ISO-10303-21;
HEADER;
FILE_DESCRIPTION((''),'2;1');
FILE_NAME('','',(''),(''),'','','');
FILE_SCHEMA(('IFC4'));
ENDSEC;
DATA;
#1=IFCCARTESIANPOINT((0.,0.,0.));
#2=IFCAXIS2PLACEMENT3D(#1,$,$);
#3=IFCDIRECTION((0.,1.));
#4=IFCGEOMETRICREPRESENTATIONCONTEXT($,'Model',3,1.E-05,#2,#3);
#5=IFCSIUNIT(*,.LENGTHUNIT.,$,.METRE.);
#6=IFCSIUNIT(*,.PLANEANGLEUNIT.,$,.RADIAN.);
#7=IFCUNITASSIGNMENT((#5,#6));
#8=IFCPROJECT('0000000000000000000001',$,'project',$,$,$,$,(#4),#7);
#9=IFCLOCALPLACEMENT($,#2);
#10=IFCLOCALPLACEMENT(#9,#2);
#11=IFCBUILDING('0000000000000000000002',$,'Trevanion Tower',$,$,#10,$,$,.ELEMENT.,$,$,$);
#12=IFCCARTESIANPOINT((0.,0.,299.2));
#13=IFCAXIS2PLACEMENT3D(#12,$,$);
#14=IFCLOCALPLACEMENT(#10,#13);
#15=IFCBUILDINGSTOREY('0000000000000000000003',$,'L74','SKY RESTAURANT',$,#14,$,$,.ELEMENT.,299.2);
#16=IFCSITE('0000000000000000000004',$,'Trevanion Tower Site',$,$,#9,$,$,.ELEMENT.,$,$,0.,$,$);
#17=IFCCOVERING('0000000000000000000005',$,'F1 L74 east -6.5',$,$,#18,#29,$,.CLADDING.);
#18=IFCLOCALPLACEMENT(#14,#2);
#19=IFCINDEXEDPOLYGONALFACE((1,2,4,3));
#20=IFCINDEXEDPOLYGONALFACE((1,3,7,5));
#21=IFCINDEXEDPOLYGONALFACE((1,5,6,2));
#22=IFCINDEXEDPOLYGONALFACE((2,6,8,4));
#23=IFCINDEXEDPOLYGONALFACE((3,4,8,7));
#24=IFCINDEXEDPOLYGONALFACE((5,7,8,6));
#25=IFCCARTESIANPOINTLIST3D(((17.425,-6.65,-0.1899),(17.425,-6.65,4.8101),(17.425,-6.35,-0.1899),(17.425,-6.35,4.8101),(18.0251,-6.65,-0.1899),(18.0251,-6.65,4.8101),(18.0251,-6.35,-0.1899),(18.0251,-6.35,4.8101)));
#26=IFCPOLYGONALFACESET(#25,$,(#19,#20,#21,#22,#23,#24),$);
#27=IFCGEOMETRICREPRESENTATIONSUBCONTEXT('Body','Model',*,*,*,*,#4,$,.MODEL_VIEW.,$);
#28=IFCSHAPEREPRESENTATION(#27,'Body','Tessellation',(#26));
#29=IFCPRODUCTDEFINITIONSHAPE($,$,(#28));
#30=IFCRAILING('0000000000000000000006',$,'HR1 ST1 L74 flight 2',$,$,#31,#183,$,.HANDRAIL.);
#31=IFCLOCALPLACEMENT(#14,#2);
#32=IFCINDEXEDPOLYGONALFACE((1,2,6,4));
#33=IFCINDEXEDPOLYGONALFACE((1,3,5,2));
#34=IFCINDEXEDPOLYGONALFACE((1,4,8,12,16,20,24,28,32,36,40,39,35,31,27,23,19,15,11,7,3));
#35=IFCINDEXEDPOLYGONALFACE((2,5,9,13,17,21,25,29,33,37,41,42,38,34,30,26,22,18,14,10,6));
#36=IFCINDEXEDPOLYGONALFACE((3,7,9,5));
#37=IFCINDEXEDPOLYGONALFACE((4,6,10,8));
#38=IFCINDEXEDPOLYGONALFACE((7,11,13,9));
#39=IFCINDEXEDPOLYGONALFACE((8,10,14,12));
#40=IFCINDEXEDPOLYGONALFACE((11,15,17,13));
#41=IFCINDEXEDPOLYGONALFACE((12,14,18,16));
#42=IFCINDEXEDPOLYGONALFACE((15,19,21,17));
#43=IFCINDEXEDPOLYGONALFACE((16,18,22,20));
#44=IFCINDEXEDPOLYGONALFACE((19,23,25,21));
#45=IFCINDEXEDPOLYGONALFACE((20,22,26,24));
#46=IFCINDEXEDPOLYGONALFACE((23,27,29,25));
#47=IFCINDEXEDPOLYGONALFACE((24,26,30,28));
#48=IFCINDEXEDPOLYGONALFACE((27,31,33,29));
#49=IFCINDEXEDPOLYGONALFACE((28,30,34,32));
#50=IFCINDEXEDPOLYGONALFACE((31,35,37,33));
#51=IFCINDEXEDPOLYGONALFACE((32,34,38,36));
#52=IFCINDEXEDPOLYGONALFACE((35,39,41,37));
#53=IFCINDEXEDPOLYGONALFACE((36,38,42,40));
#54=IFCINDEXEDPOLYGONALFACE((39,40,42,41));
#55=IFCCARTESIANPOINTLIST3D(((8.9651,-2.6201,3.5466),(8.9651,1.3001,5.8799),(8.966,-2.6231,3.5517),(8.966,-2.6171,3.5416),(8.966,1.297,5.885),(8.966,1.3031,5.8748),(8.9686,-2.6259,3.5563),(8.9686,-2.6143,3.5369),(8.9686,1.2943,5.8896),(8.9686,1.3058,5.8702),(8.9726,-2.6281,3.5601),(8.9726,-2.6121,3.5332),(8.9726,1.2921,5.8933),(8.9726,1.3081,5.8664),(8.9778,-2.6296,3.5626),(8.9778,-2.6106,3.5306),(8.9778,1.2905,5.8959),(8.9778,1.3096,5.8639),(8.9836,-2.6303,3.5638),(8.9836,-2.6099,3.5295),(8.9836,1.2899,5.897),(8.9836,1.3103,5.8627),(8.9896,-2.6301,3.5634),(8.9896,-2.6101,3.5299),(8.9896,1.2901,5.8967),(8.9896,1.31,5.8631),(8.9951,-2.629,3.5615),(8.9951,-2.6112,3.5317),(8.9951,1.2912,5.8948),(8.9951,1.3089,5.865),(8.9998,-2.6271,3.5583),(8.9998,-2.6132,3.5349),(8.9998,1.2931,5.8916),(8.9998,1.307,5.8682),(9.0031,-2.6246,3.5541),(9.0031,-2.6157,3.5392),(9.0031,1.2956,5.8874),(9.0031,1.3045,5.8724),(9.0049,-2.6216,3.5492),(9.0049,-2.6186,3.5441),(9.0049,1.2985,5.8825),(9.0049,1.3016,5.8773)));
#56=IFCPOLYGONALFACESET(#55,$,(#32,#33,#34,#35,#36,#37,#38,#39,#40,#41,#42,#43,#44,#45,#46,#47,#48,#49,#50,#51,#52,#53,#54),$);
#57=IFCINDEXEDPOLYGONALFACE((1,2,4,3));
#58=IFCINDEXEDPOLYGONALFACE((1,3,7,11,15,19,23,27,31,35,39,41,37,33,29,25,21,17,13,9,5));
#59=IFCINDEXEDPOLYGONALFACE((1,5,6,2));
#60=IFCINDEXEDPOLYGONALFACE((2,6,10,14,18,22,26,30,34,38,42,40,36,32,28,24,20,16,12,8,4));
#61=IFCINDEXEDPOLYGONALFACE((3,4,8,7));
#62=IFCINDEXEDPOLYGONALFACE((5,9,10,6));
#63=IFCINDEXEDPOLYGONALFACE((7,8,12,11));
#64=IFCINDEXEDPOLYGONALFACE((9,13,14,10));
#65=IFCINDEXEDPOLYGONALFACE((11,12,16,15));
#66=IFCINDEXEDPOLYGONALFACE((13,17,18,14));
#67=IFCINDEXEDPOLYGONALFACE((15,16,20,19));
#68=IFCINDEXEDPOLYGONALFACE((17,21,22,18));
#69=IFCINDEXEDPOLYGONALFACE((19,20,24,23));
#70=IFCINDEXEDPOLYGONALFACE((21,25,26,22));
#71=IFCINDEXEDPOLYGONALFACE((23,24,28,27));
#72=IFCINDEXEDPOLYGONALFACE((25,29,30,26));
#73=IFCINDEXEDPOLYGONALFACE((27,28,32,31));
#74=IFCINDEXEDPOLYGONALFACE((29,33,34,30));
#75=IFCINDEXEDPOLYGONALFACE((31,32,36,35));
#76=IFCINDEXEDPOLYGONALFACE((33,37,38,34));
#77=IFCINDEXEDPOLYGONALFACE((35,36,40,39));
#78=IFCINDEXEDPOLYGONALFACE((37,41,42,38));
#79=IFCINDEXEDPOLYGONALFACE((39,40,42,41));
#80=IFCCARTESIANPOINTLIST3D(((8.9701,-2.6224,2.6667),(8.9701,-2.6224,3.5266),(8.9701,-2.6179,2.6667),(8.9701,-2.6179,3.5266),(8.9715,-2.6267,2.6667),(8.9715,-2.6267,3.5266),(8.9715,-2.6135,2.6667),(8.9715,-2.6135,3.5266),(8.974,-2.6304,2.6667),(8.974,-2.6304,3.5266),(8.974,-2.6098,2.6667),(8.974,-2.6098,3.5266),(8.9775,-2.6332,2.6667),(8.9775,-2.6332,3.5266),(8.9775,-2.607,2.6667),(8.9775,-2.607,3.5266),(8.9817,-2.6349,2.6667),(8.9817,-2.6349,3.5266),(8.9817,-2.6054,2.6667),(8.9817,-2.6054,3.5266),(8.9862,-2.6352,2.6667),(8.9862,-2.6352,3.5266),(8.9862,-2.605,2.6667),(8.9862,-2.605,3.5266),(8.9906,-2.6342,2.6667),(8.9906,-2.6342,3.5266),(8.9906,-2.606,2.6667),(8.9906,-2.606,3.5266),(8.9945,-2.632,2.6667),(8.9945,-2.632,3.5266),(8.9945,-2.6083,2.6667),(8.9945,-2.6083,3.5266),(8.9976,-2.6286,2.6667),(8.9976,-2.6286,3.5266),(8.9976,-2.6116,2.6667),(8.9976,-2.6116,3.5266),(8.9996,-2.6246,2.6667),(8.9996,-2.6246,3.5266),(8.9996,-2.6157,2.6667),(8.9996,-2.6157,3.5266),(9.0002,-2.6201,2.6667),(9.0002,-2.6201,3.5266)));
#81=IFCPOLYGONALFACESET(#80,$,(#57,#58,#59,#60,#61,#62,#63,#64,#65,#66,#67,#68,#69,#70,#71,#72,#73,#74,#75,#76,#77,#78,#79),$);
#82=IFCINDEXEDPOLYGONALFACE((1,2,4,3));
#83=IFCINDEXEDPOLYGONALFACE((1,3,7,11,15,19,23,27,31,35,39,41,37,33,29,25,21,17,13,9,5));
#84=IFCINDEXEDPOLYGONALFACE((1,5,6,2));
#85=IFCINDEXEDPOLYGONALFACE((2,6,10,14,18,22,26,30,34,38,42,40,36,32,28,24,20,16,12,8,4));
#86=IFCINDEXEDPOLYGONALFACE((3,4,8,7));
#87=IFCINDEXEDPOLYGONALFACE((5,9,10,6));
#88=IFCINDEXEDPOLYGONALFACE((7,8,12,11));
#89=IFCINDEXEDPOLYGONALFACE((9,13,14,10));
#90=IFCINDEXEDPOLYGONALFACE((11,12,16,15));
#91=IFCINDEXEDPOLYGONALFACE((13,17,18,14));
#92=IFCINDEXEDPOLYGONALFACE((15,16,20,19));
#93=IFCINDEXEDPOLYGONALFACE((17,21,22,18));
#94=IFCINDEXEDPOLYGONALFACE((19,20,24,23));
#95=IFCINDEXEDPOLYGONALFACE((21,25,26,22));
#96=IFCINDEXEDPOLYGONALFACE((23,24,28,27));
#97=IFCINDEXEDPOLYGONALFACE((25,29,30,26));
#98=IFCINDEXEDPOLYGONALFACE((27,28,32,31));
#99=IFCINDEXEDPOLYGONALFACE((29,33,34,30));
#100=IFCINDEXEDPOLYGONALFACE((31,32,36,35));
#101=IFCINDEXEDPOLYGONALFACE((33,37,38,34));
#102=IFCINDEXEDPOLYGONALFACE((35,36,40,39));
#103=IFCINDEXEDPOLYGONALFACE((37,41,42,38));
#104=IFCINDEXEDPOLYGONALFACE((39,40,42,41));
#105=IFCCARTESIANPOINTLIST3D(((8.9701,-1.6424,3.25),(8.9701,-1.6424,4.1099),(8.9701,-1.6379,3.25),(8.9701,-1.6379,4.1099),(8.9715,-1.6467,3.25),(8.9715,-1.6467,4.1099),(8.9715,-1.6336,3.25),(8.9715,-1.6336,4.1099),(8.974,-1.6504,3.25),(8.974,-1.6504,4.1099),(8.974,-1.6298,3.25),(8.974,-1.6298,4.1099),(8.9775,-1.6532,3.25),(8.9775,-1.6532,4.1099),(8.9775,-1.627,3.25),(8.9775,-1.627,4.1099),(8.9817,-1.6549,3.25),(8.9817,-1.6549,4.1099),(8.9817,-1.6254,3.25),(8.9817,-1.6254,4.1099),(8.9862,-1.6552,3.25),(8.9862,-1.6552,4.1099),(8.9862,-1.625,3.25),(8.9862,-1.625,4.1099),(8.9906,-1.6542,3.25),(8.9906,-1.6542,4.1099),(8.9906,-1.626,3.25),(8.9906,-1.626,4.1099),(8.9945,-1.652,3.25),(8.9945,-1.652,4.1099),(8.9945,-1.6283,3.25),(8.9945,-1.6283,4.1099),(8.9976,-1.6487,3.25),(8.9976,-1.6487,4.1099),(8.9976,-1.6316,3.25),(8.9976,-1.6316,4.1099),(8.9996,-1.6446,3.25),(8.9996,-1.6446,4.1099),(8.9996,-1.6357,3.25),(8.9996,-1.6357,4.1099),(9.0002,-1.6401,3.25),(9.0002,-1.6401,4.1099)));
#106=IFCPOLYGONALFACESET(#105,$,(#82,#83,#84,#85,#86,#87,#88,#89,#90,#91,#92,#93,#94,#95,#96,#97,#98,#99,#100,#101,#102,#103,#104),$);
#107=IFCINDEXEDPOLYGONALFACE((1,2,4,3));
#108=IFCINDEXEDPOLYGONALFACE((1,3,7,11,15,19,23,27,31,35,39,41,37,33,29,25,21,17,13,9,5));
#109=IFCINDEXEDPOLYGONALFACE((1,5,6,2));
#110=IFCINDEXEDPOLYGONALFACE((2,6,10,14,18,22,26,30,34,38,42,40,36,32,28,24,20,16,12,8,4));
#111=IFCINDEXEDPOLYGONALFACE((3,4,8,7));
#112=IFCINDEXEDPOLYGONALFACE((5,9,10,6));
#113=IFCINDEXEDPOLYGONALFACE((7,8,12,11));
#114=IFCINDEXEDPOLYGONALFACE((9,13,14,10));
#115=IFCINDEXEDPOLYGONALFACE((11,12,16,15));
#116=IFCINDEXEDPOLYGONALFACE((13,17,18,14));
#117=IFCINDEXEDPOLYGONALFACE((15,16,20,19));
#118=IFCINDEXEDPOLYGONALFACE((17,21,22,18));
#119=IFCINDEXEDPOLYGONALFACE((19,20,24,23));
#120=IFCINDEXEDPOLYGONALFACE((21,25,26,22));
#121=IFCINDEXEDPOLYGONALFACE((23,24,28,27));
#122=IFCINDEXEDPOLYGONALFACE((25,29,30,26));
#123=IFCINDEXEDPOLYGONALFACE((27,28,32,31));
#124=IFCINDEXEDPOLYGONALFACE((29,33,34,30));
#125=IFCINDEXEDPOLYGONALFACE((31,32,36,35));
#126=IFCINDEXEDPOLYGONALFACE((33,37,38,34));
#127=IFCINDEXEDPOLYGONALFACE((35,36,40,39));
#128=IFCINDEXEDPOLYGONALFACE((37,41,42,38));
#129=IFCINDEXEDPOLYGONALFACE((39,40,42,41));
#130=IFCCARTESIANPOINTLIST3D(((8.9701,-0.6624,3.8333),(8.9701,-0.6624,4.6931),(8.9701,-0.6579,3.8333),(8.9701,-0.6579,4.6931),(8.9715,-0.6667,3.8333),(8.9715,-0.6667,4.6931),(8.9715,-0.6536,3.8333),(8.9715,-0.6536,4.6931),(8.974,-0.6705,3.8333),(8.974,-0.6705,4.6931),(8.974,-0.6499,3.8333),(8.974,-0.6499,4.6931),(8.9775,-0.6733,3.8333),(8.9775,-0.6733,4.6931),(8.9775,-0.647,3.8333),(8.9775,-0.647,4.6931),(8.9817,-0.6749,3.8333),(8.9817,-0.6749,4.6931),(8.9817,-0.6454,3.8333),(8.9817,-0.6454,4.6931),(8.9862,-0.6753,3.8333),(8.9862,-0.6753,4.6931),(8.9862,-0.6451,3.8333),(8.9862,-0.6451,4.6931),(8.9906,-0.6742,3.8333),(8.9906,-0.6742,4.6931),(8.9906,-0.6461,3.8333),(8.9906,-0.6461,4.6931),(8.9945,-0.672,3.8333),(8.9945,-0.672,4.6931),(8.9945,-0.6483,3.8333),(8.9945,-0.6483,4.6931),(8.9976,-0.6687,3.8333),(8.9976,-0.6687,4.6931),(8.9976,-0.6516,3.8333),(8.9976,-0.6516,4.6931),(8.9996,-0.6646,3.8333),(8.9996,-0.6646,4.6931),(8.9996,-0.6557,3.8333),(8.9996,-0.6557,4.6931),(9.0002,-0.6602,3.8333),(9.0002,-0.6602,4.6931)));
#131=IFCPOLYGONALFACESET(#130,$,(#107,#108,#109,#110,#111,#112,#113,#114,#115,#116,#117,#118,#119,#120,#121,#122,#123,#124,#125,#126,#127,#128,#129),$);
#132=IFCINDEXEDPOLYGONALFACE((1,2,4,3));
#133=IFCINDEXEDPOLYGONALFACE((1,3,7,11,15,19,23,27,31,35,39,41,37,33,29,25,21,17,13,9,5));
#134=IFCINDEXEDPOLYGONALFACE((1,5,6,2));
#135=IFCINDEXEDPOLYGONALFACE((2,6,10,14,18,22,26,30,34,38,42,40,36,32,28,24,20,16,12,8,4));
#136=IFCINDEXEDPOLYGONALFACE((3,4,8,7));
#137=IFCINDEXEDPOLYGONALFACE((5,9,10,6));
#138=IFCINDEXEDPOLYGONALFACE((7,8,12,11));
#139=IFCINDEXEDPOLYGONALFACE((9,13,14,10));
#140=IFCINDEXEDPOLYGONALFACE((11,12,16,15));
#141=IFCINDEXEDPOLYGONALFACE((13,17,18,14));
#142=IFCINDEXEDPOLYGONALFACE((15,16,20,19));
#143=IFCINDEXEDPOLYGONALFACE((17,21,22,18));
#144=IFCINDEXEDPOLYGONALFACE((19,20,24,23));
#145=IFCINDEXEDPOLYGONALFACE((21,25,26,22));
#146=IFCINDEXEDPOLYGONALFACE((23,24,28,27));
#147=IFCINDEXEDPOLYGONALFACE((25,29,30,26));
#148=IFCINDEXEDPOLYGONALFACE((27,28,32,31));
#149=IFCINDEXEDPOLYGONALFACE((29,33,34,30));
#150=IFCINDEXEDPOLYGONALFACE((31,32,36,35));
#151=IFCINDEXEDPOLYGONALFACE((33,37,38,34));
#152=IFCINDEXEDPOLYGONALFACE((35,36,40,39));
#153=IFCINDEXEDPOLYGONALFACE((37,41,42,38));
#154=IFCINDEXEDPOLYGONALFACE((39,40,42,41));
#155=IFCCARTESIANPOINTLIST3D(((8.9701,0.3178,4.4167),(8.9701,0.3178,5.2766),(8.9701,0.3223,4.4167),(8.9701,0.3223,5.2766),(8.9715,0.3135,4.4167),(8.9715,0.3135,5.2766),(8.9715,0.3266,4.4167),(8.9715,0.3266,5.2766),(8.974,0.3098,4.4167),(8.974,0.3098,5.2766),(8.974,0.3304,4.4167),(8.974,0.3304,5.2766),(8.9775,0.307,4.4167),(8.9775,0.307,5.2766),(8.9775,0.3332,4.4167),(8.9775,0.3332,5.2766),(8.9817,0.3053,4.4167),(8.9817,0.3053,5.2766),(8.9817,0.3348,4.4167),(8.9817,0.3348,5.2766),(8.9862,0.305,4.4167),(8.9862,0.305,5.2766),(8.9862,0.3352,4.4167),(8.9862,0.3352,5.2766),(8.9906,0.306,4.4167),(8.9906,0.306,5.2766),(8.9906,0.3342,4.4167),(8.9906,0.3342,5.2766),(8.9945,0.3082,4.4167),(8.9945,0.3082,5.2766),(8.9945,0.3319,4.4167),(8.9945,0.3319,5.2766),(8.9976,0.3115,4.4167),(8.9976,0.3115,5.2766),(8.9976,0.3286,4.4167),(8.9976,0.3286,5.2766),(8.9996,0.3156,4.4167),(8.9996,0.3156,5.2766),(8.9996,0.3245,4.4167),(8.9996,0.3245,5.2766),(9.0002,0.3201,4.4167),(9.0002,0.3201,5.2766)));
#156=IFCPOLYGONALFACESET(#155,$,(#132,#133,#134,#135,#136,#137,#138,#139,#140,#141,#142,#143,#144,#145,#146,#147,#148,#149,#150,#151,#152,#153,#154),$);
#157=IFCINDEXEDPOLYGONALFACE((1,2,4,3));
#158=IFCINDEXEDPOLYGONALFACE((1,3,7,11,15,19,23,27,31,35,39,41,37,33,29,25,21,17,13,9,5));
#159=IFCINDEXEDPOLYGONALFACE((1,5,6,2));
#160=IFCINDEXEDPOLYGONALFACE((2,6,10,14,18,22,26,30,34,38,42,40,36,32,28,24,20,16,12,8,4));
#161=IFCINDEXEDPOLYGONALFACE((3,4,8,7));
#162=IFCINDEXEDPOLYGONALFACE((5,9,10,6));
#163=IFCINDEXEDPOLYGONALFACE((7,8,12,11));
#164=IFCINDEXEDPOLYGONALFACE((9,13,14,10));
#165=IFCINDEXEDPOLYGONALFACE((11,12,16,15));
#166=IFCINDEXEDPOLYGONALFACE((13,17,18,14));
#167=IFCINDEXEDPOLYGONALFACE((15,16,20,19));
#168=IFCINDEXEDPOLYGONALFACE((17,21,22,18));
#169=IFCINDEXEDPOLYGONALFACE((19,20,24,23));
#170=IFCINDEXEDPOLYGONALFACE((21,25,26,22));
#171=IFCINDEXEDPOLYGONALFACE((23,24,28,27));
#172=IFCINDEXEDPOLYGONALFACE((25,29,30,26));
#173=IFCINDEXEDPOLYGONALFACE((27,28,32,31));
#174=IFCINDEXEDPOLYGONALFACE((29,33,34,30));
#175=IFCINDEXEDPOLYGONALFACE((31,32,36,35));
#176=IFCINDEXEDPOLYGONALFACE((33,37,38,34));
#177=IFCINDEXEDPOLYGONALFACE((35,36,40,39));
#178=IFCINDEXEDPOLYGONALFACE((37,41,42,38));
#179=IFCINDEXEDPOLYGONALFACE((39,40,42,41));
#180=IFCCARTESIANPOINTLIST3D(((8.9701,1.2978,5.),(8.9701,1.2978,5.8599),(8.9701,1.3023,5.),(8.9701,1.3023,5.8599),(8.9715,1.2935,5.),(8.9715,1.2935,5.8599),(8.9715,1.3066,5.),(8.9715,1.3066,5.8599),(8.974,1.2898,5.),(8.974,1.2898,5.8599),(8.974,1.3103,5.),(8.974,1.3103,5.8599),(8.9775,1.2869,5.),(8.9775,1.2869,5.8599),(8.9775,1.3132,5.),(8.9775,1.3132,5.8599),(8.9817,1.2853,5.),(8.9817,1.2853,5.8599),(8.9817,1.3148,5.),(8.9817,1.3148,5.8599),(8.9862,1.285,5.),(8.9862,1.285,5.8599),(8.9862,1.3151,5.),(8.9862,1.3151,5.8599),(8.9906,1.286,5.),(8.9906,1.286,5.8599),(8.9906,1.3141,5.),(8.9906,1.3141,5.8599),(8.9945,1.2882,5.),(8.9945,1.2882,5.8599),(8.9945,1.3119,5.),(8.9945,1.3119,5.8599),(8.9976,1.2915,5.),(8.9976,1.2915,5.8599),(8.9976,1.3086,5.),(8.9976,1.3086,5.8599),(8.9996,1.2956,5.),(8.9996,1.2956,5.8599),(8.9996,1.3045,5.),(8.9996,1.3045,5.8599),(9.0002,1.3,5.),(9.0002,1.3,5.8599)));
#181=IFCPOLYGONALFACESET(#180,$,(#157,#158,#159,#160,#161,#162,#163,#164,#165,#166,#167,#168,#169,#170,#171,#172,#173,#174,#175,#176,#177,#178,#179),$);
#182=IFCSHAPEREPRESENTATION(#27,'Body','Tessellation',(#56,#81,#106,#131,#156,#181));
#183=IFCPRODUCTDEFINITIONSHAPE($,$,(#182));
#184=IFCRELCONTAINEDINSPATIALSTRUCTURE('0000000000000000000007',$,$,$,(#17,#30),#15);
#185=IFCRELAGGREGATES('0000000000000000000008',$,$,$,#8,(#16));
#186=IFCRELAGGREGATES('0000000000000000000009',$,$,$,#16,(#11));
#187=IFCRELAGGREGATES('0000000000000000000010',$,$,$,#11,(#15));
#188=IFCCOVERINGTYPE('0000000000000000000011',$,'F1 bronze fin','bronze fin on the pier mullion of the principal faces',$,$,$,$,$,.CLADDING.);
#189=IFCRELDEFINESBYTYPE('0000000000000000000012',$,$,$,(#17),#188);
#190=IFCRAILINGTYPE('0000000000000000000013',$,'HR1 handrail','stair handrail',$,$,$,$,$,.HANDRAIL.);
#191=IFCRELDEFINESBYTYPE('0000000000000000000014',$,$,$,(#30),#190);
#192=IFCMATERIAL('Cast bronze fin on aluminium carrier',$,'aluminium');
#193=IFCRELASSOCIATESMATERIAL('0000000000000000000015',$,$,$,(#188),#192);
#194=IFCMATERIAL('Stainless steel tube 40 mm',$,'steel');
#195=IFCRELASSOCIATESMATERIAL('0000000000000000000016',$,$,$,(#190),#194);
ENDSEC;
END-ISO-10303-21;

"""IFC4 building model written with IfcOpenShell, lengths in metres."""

from ifc_helpers import new_model, si_unit, direction, frame, origin, origin_2d, place, context, subcontext, project, spatial, rectangle, circle, extrude, material, type_object, element, save


model = new_model("IFC4")

# Units and contexts
model_context = context("Model", 3, precision=1e-05, world=origin(), true_north=direction((0.0, 1.0)))
body_context = subcontext(model_context, "Body", "Model", "MODEL_VIEW")
ifc_project = project(units=[si_unit("LENGTHUNIT", "METRE"), si_unit("PLANEANGLEUNIT", "RADIAN")], contexts=[model_context])

# Site, building, storey
site_placement = place(None, origin())
site = spatial("IfcSite", under=ifc_project, at=site_placement, Name="Trevanion Tower Site", CompositionType="ELEMENT", RefElevation=0.0)
building_placement = place(site_placement, origin())
building = spatial("IfcBuilding", under=site, at=building_placement, Name="Trevanion Tower", CompositionType="ELEMENT")
storey_placement = place(building_placement, frame((0.0, 0.0, 299.2)))
storey = spatial("IfcBuildingStorey", under=building, at=storey_placement, Name="L74", Description="SKY RESTAURANT", CompositionType="ELEMENT", Elevation=299.2)

# Covering
ifc_material_1 = material(Name="Cast bronze fin on aluminium carrier", Category="aluminium")
covering_type = type_object("IfcCoveringType", Name="F1 bronze fin", Description="bronze fin on the pier mullion of the principal faces", PredefinedType="CLADDING", material=ifc_material_1)
covering_placement = place(storey_placement, frame((17.7251, -6.5, -0.1899), z_axis=(0.0, 0.0, 1.0), x_axis=(0.0, 1.0, 0.0)))
element("IfcCovering", 1, at=covering_placement, inside=storey, type_object=covering_type, Name="F1 L74 east -6.5", PredefinedType="CLADDING", context=body_context, shape_type="SweptSolid", body=[
    extrude(rectangle(XDim=0.3, YDim=0.6001, at=origin_2d()), origin(), (0.0, 0.0, 1.0), 5.0),
])

# Railing
ifc_material_2 = material(Name="Stainless steel tube 40 mm", Category="steel")
railing_type = type_object("IfcRailingType", Name="HR1 handrail", Description="stair handrail", PredefinedType="HANDRAIL", material=ifc_material_2)
for number, where, name in (
    (2, (8.9851, -2.6201, 2.6667), "HR1 ST1 L74 flight 2"),
):
    element("IfcRailing", number, at=place(storey_placement, frame(where)), inside=storey, type_object=railing_type, Name=name, PredefinedType="HANDRAIL", context=body_context, shape_type="SweptSolid", body=[
        extrude(circle(Radius=0.02, at=origin_2d()), frame((0.0, 0.0, 0.8799), z_axis=(0.0, 0.85931, 0.511455), x_axis=(-1.0, 0.0, 0.0)), (0.0, 0.0, 1.0), 4.562),
        extrude(circle(Radius=0.0151, at=origin_2d()), origin(), (0.0, 0.0, 1.0), 0.8599),
        extrude(circle(Radius=0.0151, at=origin_2d()), frame((0.0, 0.98, 0.5833)), (0.0, 0.0, 1.0), 0.8599),
        extrude(circle(Radius=0.0151, at=origin_2d()), frame((0.0, 1.96, 1.1665)), (0.0, 0.0, 1.0), 0.8599),
        extrude(circle(Radius=0.0151, at=origin_2d()), frame((0.0, 2.9402, 1.75)), (0.0, 0.0, 1.0), 0.8599),
        extrude(circle(Radius=0.0151, at=origin_2d()), frame((0.0, 3.9202, 2.3333)), (0.0, 0.0, 1.0), 0.8599),
    ])

save(model, "model.ifc")
